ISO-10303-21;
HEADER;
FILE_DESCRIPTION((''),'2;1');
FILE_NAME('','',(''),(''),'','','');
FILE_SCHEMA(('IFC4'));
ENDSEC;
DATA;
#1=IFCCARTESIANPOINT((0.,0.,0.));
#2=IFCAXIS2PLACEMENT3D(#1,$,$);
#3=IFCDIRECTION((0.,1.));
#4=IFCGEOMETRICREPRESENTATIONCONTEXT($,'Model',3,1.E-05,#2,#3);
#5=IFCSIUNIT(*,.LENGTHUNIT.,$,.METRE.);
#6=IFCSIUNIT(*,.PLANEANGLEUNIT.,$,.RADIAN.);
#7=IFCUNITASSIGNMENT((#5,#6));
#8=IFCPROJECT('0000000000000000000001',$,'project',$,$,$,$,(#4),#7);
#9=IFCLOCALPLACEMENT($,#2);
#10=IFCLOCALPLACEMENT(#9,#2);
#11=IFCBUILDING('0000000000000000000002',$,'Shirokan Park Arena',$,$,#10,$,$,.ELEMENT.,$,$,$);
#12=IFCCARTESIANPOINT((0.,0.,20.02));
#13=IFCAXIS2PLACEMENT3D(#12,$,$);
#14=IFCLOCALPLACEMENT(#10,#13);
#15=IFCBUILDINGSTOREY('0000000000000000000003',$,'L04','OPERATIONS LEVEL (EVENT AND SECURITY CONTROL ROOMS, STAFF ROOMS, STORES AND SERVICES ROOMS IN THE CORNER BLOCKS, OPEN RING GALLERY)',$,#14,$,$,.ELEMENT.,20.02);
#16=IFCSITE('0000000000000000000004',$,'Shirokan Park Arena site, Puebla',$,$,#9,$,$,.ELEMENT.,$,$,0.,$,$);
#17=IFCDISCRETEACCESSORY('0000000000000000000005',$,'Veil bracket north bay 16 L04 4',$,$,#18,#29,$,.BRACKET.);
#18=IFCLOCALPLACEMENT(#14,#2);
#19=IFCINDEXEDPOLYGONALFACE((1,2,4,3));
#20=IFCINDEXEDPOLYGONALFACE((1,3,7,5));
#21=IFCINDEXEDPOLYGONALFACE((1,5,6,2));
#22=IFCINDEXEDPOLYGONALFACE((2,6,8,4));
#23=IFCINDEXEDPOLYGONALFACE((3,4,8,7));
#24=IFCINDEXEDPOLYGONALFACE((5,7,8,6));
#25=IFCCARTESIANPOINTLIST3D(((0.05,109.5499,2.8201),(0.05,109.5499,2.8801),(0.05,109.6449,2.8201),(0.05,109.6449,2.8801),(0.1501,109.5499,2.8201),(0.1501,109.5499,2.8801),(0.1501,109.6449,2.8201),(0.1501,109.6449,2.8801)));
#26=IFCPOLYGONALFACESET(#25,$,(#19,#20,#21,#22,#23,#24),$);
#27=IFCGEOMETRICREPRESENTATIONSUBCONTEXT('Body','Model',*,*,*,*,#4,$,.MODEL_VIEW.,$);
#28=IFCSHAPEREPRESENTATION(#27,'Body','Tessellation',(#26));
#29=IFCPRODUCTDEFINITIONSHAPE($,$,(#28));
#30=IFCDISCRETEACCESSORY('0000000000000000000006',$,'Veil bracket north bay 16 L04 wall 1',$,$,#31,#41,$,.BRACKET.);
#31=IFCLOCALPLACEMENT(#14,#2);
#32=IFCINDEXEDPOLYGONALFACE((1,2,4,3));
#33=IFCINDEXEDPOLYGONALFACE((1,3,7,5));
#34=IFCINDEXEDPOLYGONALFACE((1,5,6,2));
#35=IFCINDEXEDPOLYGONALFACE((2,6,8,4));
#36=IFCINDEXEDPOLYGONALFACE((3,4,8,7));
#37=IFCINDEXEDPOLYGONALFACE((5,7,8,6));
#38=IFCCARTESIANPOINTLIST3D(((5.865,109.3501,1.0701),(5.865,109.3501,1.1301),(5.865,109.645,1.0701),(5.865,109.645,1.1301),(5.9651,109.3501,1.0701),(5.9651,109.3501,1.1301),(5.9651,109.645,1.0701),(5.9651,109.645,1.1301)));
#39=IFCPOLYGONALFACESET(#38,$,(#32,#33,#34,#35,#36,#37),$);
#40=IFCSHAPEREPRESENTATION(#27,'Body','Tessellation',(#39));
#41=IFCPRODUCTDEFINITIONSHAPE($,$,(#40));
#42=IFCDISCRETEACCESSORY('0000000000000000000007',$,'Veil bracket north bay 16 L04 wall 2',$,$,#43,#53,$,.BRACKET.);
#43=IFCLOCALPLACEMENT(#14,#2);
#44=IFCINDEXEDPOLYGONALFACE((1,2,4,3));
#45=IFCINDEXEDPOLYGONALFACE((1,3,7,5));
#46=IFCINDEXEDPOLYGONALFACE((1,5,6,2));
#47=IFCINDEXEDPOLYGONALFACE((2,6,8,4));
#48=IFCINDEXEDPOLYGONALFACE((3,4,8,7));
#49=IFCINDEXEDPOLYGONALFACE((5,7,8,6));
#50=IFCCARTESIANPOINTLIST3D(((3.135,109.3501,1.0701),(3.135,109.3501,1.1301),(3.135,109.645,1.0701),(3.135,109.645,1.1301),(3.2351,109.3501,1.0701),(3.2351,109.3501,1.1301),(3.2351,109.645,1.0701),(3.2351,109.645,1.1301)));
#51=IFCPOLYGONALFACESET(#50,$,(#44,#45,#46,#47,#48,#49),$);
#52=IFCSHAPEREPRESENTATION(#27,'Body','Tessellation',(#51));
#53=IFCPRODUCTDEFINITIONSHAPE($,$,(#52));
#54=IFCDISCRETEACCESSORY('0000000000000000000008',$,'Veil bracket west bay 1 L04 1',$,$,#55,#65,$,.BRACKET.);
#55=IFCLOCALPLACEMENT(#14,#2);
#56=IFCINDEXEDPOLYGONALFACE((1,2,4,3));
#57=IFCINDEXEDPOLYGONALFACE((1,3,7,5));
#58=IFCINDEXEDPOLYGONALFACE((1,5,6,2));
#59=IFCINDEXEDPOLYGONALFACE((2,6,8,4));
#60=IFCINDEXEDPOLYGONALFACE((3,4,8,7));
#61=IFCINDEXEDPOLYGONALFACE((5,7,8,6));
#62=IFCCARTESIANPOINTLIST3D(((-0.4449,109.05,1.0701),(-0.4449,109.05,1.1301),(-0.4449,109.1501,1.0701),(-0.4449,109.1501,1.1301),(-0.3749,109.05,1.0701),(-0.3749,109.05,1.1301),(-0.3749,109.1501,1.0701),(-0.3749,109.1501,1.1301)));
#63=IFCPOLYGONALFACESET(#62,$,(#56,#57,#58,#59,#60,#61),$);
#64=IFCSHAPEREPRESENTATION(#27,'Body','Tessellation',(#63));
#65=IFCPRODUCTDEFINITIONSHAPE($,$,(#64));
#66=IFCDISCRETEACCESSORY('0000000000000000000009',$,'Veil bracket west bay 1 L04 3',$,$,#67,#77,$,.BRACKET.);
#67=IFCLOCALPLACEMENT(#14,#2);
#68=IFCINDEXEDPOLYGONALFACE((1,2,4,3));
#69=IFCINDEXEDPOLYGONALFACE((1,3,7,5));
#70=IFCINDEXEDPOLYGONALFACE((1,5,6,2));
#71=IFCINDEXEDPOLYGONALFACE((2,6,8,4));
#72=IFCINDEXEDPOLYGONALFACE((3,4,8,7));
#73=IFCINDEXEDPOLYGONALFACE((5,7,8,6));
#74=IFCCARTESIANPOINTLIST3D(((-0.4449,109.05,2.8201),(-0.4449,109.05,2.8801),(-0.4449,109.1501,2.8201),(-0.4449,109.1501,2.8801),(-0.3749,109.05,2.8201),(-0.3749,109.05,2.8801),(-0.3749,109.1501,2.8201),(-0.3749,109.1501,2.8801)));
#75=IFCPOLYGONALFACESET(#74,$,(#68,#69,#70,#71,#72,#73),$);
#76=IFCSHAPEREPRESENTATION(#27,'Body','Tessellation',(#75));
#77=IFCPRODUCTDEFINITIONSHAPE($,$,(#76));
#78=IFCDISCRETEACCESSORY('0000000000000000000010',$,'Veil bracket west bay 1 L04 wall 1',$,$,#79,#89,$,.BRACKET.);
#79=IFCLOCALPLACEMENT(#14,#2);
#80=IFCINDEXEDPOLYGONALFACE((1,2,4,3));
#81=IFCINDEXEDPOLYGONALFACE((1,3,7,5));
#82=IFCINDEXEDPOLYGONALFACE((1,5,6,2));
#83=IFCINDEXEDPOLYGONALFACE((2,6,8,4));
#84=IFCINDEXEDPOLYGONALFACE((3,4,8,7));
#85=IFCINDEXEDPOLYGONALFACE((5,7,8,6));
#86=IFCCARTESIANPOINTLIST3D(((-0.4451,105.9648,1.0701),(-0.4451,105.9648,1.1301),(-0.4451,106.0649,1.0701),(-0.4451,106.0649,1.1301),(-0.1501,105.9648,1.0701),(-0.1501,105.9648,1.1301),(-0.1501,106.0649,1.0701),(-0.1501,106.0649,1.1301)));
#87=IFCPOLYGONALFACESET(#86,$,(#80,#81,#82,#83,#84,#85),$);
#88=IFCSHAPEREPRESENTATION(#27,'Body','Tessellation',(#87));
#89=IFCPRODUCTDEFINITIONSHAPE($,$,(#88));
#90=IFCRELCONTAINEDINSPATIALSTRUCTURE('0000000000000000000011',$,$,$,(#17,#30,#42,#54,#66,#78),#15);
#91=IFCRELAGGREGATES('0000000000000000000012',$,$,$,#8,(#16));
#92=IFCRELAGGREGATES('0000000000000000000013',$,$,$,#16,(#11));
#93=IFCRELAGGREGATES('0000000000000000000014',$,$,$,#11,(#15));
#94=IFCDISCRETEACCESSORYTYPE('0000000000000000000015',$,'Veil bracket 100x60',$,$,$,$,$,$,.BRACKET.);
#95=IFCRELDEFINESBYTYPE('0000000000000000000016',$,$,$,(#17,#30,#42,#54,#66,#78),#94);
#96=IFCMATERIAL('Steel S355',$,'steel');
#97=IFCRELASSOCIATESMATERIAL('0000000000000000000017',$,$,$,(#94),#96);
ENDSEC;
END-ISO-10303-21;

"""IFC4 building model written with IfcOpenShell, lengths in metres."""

from ifc_helpers import new_model, si_unit, direction, frame, origin, origin_2d, place, context, subcontext, project, spatial, rectangle, extrude, material, type_object, element, save


model = new_model("IFC4")

# Units and contexts
model_context = context("Model", 3, precision=1e-05, world=origin(), true_north=direction((0.0, 1.0)))
body_context = subcontext(model_context, "Body", "Model", "MODEL_VIEW")
ifc_project = project(units=[si_unit("LENGTHUNIT", "METRE"), si_unit("PLANEANGLEUNIT", "RADIAN")], contexts=[model_context])

# Site, building, storey
site_placement = place(None, origin())
site = spatial("IfcSite", under=ifc_project, at=site_placement, Name="Shirokan Park Arena site, Puebla", CompositionType="ELEMENT", RefElevation=0.0)
building_placement = place(site_placement, origin())
building = spatial("IfcBuilding", under=site, at=building_placement, Name="Shirokan Park Arena", CompositionType="ELEMENT")
storey_placement = place(building_placement, frame((0.0, 0.0, 20.02)))
storey = spatial("IfcBuildingStorey", under=building, at=storey_placement, Name="L04", Description="OPERATIONS LEVEL (EVENT AND SECURITY CONTROL ROOMS, STAFF ROOMS, STORES AND SERVICES ROOMS IN THE CORNER BLOCKS, OPEN RING GALLERY)", CompositionType="ELEMENT", Elevation=20.02)

# Discrete accessories
ifc_material_1 = material(Name="Steel S355", Category="steel")
discrete_accessory_type = type_object("IfcDiscreteAccessoryType", Name="Veil bracket 100x60", PredefinedType="BRACKET", material=ifc_material_1)
for number, where, z_axis, x_axis, name in (
    (1, (0.1001, 109.5974, 2.8201), (0.0, 0.0, 1.0), (-1.0, 0.0, 0.0), "Veil bracket north bay 16 L04 4"),
):
    element("IfcDiscreteAccessory", number, at=place(storey_placement, frame(where, z_axis=z_axis, x_axis=x_axis)), inside=storey, type_object=discrete_accessory_type, Name=name, PredefinedType="BRACKET", context=body_context, shape_type="SweptSolid", body=[
        extrude(rectangle(XDim=0.1001, YDim=0.095, at=origin_2d()), origin(), (0.0, 0.0, 1.0), 0.0601),
    ])
for number, where, z_axis, x_axis, name in (
    (2, (5.915, 109.4976, 1.0701), (0.0, 0.0, 1.0), (-1.0, 0.0, 0.0), "Veil bracket north bay 16 L04 wall 1"),
    (3, (3.1851, 109.4976, 1.0701), (0.0, 0.0, 1.0), (-1.0, 0.0, 0.0), "Veil bracket north bay 16 L04 wall 2"),
):
    element("IfcDiscreteAccessory", number, at=place(storey_placement, frame(where, z_axis=z_axis, x_axis=x_axis)), inside=storey, type_object=discrete_accessory_type, Name=name, PredefinedType="BRACKET", context=body_context, shape_type="SweptSolid", body=[
        extrude(rectangle(XDim=0.1001, YDim=0.2949, at=origin_2d()), origin(), (0.0, 0.0, 1.0), 0.0601),
    ])
for number, where, z_axis, x_axis, name in (
    (4, (-0.4099, 109.1001, 1.0701), (0.0, 0.0, 1.0), (0.0, -1.0, 0.0), "Veil bracket west bay 1 L04 1"),
    (5, (-0.4099, 109.1001, 2.8201), (0.0, 0.0, 1.0), (0.0, -1.0, 0.0), "Veil bracket west bay 1 L04 3"),
):
    element("IfcDiscreteAccessory", number, at=place(storey_placement, frame(where, z_axis=z_axis, x_axis=x_axis)), inside=storey, type_object=discrete_accessory_type, Name=name, PredefinedType="BRACKET", context=body_context, shape_type="SweptSolid", body=[
        extrude(rectangle(XDim=0.1001, YDim=0.0701, at=origin_2d()), origin(), (0.0, 0.0, 1.0), 0.0601),
    ])
discrete_accessory_placement = place(storey_placement, frame((-0.2976, 106.0149, 1.0701), z_axis=(0.0, 0.0, 1.0), x_axis=(0.0, -1.0, 0.0)))
element("IfcDiscreteAccessory", 6, at=discrete_accessory_placement, inside=storey, type_object=discrete_accessory_type, Name="Veil bracket west bay 1 L04 wall 1", PredefinedType="BRACKET", context=body_context, shape_type="SweptSolid", body=[
    extrude(rectangle(XDim=0.1001, YDim=0.2949, at=origin_2d()), origin(), (0.0, 0.0, 1.0), 0.0601),
])

save(model, "model.ifc")
